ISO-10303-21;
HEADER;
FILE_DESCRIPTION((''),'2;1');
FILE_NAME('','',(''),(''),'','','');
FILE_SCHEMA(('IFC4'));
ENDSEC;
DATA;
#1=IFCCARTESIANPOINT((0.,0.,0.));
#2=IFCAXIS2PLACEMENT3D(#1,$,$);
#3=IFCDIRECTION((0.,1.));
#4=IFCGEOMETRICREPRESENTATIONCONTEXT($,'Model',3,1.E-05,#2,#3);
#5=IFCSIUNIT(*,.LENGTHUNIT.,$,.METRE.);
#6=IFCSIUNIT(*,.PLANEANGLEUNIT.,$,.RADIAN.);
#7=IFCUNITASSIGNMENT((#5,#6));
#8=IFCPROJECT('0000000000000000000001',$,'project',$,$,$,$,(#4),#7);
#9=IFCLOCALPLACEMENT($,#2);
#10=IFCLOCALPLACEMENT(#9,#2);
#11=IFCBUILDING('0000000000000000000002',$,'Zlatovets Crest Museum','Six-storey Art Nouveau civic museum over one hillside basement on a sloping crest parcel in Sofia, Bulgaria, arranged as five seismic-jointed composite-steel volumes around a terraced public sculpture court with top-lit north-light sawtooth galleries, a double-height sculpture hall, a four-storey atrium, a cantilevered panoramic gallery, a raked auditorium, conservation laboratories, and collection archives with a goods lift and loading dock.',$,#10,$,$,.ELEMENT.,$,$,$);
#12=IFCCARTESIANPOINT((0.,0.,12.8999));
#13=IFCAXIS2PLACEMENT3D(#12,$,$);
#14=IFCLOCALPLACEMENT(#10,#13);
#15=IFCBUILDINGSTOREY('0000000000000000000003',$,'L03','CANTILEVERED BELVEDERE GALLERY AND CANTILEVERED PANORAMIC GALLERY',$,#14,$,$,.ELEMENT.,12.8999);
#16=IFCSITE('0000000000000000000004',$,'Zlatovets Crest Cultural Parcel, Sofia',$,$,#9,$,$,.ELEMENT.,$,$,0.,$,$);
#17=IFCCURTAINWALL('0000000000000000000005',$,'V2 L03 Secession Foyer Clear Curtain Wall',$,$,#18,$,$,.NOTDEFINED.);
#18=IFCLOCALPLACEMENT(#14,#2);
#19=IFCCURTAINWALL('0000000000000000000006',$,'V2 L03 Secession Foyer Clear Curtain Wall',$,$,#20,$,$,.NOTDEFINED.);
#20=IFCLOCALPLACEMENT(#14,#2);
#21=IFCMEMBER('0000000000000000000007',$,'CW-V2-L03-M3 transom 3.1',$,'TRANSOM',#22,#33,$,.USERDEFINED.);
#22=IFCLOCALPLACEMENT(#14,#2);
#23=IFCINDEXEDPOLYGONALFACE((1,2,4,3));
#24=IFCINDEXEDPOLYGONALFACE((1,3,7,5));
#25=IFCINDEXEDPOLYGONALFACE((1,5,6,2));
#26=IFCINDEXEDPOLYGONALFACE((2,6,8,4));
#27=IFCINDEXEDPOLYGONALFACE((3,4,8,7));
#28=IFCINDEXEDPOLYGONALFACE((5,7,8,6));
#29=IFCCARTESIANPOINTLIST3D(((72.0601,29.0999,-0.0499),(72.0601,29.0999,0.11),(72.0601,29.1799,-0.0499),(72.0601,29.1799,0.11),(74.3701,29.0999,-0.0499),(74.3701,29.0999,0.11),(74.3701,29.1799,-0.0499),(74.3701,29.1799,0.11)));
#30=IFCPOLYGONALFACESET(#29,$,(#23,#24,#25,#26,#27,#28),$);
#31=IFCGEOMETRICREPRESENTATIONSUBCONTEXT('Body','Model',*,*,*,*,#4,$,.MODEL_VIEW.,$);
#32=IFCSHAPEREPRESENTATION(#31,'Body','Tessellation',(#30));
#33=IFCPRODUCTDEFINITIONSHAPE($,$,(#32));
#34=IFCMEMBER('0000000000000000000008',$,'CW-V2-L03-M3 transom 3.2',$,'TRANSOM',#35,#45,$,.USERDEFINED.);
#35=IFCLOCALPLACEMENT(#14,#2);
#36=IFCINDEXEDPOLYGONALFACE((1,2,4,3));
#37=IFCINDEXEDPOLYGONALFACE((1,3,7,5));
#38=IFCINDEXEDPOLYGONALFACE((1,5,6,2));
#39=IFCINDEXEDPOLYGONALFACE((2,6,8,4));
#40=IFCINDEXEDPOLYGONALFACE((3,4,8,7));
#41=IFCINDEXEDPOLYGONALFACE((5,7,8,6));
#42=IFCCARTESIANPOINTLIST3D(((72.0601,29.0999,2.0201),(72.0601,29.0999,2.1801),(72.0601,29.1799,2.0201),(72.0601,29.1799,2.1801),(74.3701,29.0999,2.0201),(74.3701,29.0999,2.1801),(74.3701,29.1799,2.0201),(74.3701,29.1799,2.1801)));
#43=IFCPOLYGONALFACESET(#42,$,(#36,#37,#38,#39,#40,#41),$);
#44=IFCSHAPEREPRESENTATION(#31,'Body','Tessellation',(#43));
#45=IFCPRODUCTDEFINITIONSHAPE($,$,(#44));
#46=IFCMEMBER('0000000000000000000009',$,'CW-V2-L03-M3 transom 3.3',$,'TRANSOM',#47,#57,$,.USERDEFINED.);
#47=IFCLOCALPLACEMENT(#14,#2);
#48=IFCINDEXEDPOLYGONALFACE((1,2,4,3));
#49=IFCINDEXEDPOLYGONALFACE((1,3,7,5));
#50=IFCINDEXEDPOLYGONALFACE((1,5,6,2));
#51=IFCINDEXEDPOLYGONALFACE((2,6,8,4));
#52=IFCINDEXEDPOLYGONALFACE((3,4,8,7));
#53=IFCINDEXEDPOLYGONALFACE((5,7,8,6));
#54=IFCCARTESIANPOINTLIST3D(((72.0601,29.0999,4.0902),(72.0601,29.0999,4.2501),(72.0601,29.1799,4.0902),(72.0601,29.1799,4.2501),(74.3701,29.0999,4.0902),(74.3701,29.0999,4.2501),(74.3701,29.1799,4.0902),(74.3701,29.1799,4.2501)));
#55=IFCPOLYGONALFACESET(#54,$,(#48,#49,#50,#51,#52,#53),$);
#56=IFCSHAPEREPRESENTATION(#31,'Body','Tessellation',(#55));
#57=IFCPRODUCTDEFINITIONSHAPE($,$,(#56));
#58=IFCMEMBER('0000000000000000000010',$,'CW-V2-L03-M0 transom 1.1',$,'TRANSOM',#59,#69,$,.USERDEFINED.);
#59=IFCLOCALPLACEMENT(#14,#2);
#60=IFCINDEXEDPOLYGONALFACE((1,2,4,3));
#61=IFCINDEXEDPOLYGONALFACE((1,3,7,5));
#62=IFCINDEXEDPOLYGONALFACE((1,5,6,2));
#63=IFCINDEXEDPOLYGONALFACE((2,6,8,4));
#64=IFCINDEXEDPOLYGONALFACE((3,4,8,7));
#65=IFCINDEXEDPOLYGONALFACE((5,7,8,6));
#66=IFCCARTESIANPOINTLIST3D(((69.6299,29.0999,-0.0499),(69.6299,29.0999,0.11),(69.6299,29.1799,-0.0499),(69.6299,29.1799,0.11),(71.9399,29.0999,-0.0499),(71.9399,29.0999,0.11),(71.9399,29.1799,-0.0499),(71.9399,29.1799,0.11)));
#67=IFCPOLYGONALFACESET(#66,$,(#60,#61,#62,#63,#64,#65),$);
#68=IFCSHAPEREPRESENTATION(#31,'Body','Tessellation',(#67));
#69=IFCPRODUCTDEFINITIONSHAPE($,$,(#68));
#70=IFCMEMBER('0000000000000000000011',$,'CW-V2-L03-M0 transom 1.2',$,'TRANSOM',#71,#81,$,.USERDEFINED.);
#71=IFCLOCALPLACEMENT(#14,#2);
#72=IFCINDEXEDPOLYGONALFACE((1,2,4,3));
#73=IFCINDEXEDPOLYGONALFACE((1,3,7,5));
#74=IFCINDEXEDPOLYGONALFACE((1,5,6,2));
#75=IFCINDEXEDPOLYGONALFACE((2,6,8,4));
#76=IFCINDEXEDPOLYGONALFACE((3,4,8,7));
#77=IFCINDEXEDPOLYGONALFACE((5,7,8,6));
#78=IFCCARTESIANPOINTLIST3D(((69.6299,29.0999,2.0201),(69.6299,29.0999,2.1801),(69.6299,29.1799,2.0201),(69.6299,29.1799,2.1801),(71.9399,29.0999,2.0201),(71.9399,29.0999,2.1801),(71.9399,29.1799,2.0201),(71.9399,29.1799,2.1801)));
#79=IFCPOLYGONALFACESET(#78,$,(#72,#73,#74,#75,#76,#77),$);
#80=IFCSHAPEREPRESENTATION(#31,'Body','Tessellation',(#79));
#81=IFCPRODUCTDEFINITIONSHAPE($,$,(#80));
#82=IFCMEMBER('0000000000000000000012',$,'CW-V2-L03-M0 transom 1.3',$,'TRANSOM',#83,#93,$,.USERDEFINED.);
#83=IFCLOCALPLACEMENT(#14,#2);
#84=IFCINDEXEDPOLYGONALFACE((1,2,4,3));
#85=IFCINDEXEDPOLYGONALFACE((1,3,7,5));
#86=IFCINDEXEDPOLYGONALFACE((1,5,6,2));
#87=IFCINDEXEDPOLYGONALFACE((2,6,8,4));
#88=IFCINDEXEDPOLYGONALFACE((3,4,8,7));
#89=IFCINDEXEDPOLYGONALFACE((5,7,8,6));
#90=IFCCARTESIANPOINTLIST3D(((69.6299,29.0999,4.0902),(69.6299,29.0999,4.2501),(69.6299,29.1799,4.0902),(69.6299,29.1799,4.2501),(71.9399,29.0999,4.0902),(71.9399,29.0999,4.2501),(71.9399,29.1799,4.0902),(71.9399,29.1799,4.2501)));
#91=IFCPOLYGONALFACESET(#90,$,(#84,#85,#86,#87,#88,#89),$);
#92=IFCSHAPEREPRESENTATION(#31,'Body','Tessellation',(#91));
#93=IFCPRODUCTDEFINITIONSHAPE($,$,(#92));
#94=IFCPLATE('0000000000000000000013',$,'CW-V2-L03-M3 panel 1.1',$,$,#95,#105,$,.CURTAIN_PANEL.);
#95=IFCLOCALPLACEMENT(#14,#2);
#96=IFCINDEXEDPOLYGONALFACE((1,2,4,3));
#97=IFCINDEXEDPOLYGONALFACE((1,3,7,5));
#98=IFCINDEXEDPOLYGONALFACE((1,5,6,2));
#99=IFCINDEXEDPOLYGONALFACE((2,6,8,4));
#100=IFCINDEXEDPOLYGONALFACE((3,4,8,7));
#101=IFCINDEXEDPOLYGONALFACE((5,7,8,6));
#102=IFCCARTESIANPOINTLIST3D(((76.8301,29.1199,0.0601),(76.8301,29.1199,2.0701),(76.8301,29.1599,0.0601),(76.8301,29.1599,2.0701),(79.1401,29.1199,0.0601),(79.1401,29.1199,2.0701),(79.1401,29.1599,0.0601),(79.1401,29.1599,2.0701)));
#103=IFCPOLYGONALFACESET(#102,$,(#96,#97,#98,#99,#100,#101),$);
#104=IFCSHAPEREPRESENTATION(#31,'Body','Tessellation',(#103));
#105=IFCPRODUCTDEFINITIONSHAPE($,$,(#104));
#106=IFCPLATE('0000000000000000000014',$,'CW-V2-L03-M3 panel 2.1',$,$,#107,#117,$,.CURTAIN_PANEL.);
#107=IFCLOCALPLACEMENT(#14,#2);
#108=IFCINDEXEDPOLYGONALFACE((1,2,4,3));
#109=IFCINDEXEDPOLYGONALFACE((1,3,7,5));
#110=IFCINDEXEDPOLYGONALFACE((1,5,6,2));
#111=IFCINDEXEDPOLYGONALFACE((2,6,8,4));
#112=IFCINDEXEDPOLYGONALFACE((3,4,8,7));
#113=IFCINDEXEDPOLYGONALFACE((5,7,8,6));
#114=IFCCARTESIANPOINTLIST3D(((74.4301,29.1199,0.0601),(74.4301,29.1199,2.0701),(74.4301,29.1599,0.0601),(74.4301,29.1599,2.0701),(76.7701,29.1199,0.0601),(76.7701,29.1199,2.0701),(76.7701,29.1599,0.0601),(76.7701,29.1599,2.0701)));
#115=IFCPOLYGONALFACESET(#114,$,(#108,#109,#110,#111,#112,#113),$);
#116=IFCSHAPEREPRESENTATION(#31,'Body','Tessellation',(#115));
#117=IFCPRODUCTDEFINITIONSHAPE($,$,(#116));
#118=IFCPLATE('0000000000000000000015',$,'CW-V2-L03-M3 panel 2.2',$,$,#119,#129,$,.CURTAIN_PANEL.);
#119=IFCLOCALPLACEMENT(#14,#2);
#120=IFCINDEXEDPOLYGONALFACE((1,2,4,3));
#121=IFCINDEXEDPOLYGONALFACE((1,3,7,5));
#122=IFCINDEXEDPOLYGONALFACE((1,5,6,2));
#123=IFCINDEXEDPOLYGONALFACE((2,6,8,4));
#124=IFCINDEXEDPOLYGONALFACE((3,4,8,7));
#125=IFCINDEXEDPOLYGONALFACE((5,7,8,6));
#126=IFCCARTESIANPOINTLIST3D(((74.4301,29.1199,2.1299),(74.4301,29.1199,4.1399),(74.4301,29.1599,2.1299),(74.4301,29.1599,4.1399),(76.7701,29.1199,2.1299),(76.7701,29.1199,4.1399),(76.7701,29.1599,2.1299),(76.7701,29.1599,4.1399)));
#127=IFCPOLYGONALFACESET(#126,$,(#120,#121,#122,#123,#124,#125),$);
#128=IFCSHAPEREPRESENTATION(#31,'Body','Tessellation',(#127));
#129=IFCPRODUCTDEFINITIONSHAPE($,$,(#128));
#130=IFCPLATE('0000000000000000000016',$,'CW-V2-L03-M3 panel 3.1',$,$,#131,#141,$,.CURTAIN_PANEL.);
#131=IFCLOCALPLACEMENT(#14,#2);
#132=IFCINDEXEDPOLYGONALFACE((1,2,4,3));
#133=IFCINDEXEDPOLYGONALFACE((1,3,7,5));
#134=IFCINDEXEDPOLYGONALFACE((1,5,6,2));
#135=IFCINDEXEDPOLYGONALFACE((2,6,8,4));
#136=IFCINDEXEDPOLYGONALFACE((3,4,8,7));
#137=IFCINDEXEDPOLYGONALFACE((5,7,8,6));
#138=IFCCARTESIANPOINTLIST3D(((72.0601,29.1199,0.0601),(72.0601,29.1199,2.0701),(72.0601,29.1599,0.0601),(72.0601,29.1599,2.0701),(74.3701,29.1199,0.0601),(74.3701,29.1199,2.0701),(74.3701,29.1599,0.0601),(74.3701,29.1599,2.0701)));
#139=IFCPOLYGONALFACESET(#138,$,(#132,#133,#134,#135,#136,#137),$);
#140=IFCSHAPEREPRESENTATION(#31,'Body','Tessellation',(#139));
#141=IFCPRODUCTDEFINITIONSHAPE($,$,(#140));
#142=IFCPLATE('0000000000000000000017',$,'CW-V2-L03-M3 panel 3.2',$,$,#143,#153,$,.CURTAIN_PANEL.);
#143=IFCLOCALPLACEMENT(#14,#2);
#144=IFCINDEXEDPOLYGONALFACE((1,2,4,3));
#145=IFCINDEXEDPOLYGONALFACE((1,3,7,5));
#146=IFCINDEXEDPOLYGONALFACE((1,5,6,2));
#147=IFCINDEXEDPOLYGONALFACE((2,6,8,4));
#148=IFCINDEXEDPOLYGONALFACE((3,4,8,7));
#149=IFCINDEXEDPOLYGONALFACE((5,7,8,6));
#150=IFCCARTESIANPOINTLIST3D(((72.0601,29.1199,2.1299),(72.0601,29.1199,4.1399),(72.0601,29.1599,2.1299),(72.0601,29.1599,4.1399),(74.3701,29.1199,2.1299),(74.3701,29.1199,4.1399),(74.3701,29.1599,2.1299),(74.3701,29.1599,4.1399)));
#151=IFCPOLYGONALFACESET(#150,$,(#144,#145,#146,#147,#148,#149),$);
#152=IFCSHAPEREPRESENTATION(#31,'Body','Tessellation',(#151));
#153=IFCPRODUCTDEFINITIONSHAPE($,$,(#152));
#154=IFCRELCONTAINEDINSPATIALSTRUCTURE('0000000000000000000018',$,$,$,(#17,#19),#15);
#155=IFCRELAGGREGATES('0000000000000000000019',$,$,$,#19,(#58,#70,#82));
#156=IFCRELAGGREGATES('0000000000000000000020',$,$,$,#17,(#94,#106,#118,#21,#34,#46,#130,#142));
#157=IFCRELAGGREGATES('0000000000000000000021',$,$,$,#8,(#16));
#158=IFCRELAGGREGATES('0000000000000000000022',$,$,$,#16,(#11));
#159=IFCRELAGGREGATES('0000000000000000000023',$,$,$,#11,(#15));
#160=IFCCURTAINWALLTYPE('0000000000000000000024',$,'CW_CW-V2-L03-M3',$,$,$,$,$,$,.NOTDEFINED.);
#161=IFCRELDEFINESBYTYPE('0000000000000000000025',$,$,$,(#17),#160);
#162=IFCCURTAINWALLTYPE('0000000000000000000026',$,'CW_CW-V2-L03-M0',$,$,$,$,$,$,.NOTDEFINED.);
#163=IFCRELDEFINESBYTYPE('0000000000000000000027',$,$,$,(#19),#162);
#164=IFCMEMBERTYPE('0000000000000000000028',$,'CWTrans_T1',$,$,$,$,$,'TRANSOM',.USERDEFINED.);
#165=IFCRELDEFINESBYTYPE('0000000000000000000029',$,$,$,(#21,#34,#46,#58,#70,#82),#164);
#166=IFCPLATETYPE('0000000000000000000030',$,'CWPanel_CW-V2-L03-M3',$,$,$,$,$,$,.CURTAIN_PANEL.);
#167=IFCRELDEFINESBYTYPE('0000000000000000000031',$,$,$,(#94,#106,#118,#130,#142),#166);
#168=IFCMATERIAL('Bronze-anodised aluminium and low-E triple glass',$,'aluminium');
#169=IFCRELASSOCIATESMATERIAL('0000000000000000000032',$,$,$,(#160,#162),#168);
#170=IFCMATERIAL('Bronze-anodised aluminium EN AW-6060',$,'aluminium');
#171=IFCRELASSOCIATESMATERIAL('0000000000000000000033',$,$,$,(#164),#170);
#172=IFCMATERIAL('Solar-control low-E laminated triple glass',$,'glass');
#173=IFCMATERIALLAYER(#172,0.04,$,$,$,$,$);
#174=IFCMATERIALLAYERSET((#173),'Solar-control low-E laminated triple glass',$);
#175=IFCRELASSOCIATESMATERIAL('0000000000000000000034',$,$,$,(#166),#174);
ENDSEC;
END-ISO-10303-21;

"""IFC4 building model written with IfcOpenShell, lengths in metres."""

from ifc_helpers import new_model, si_unit, direction, frame, origin, origin_2d, place, context, subcontext, project, spatial, rectangle, extrude, material, layer, layer_set, material_profile, profile_set, type_object, element, aggregate, save


model = new_model("IFC4")

# Units and contexts
model_context = context("Model", 3, precision=1e-05, world=origin(), true_north=direction((0.0, 1.0)))
body_context = subcontext(model_context, "Body", "Model", "MODEL_VIEW")
ifc_project = project(units=[si_unit("LENGTHUNIT", "METRE"), si_unit("PLANEANGLEUNIT", "RADIAN")], contexts=[model_context])

# Site, building, storey
site_placement = place(None, origin())
site = spatial("IfcSite", under=ifc_project, at=site_placement, Name="Zlatovets Crest Cultural Parcel, Sofia", CompositionType="ELEMENT", RefElevation=0.0)
building_placement = place(site_placement, origin())
building = spatial("IfcBuilding", under=site, at=building_placement, Name="Zlatovets Crest Museum", Description="Six-storey Art Nouveau civic museum over one hillside basement on a sloping crest parcel in Sofia, Bulgaria, arranged as five seismic-jointed composite-steel volumes around a terraced public sculpture court with top-lit north-light sawtooth galleries, a double-height sculpture hall, a four-storey atrium, a cantilevered panoramic gallery, a raked auditorium, conservation laboratories, and collection archives with a goods lift and loading dock.", CompositionType="ELEMENT")
storey_placement = place(building_placement, frame((0.0, 0.0, 12.8999)))
storey = spatial("IfcBuildingStorey", under=building, at=storey_placement, Name="L03", Description="CANTILEVERED BELVEDERE GALLERY AND CANTILEVERED PANORAMIC GALLERY", CompositionType="ELEMENT", Elevation=12.8999)

# Curtain wall
ifc_material_1 = material(Name="Bronze-anodised aluminium and low-E triple glass", Category="aluminium")
curtain_wall_type_1 = type_object("IfcCurtainWallType", Name="CW_CW-V2-L03-M3", PredefinedType="NOTDEFINED", material=ifc_material_1)
curtain_wall_1_placement = place(storey_placement, origin())
curtain_wall_1 = element("IfcCurtainWall", 1, at=curtain_wall_1_placement, inside=storey, type_object=curtain_wall_type_1, Name="V2 L03 Secession Foyer Clear Curtain Wall", PredefinedType="NOTDEFINED")
ifc_material_2 = material(Name="Bronze-anodised aluminium EN AW-6060", Category="aluminium")

# Curtain wall
curtain_wall_type_2 = type_object("IfcCurtainWallType", Name="CW_CW-V2-L03-M0", PredefinedType="NOTDEFINED", material=ifc_material_1)
curtain_wall_2_placement = place(storey_placement, origin())
curtain_wall_2 = element("IfcCurtainWall", 2, at=curtain_wall_2_placement, inside=storey, type_object=curtain_wall_type_2, Name="V2 L03 Secession Foyer Clear Curtain Wall", PredefinedType="NOTDEFINED")

# Members
ifc_material_profile_1 = material_profile(ifc_material_2, rectangle(XDim=0.0801, YDim=0.1599, at=origin_2d()), Name="ALU 80x160")
ifc_profile_set_1 = profile_set([ifc_material_profile_1], Name="Bronze-anodised aluminium EN AW-6060")
member_type_1 = type_object("IfcMemberType", Name="CWTrans_T1", ElementType="TRANSOM", PredefinedType="USERDEFINED", material=ifc_profile_set_1)
member_1_placement = place(storey_placement, frame((74.3701, 29.1399, 0.03), z_axis=(-1.0, 0.0, 0.0), x_axis=(0.0, -1.0, 0.0)))
member_1 = element("IfcMember", 3, at=member_1_placement, type_object=member_type_1, Name="CW-V2-L03-M3 transom 3.1", ObjectType="TRANSOM", PredefinedType="USERDEFINED", context=body_context, shape_type="SweptSolid", body=[
    extrude(rectangle(XDim=0.0801, YDim=0.1599, at=origin_2d()), origin(), (0.0, 0.0, 1.0), 2.3101),
])
member_2_placement = place(storey_placement, frame((74.3701, 29.1399, 2.1001), z_axis=(-1.0, 0.0, 0.0), x_axis=(0.0, -1.0, 0.0)))
member_2 = element("IfcMember", 4, at=member_2_placement, type_object=member_type_1, Name="CW-V2-L03-M3 transom 3.2", ObjectType="TRANSOM", PredefinedType="USERDEFINED", context=body_context, shape_type="SweptSolid", body=[
    extrude(rectangle(XDim=0.0801, YDim=0.1599, at=origin_2d()), origin(), (0.0, 0.0, 1.0), 2.3101),
])
member_3_placement = place(storey_placement, frame((74.3701, 29.1399, 4.1702), z_axis=(-1.0, 0.0, 0.0), x_axis=(0.0, -1.0, 0.0)))
member_3 = element("IfcMember", 5, at=member_3_placement, type_object=member_type_1, Name="CW-V2-L03-M3 transom 3.3", ObjectType="TRANSOM", PredefinedType="USERDEFINED", context=body_context, shape_type="SweptSolid", body=[
    extrude(rectangle(XDim=0.0801, YDim=0.1599, at=origin_2d()), origin(), (0.0, 0.0, 1.0), 2.3101),
])
member_4_placement = place(storey_placement, frame((71.9399, 29.1399, 0.03), z_axis=(-1.0, 0.0, 0.0), x_axis=(0.0, -1.0, 0.0)))
member_4 = element("IfcMember", 6, at=member_4_placement, type_object=member_type_1, Name="CW-V2-L03-M0 transom 1.1", ObjectType="TRANSOM", PredefinedType="USERDEFINED", context=body_context, shape_type="SweptSolid", body=[
    extrude(rectangle(XDim=0.0801, YDim=0.1599, at=origin_2d()), origin(), (0.0, 0.0, 1.0), 2.3101),
])
member_5_placement = place(storey_placement, frame((71.9399, 29.1399, 2.1001), z_axis=(-1.0, 0.0, 0.0), x_axis=(0.0, -1.0, 0.0)))
member_5 = element("IfcMember", 7, at=member_5_placement, type_object=member_type_1, Name="CW-V2-L03-M0 transom 1.2", ObjectType="TRANSOM", PredefinedType="USERDEFINED", context=body_context, shape_type="SweptSolid", body=[
    extrude(rectangle(XDim=0.0801, YDim=0.1599, at=origin_2d()), origin(), (0.0, 0.0, 1.0), 2.3101),
])
member_6_placement = place(storey_placement, frame((71.9399, 29.1399, 4.1702), z_axis=(-1.0, 0.0, 0.0), x_axis=(0.0, -1.0, 0.0)))
member_6 = element("IfcMember", 8, at=member_6_placement, type_object=member_type_1, Name="CW-V2-L03-M0 transom 1.3", ObjectType="TRANSOM", PredefinedType="USERDEFINED", context=body_context, shape_type="SweptSolid", body=[
    extrude(rectangle(XDim=0.0801, YDim=0.1599, at=origin_2d()), origin(), (0.0, 0.0, 1.0), 2.3101),
])
aggregate(curtain_wall_2, [member_4, member_5, member_6])

# Plates
ifc_material_3 = material(Name="Solar-control low-E laminated triple glass", Category="glass")
ifc_layer = layer(ifc_material_3, 0.04)
ifc_layer_set = layer_set([ifc_layer], Name="Solar-control low-E laminated triple glass")
plate_type = type_object("IfcPlateType", Name="CWPanel_CW-V2-L03-M3", PredefinedType="CURTAIN_PANEL", material=ifc_layer_set)
plate_1_placement = place(storey_placement, frame((77.9851, 29.1399, 0.0601), z_axis=(0.0, 0.0, 1.0), x_axis=(-1.0, 0.0, 0.0)))
plate_1 = element("IfcPlate", 9, at=plate_1_placement, type_object=plate_type, Name="CW-V2-L03-M3 panel 1.1", PredefinedType="CURTAIN_PANEL", context=body_context, shape_type="SweptSolid", body=[
    extrude(rectangle(XDim=2.3101, YDim=0.04, at=origin_2d()), origin(), (0.0, 0.0, 1.0), 2.01),
])
plate_2_placement = place(storey_placement, frame((75.6001, 29.1399, 0.0601), z_axis=(0.0, 0.0, 1.0), x_axis=(-1.0, 0.0, 0.0)))
plate_2 = element("IfcPlate", 10, at=plate_2_placement, type_object=plate_type, Name="CW-V2-L03-M3 panel 2.1", PredefinedType="CURTAIN_PANEL", context=body_context, shape_type="SweptSolid", body=[
    extrude(rectangle(XDim=2.3401, YDim=0.04, at=origin_2d()), origin(), (0.0, 0.0, 1.0), 2.01),
])
plate_3_placement = place(storey_placement, frame((75.6001, 29.1399, 2.1299), z_axis=(0.0, 0.0, 1.0), x_axis=(-1.0, 0.0, 0.0)))
plate_3 = element("IfcPlate", 11, at=plate_3_placement, type_object=plate_type, Name="CW-V2-L03-M3 panel 2.2", PredefinedType="CURTAIN_PANEL", context=body_context, shape_type="SweptSolid", body=[
    extrude(rectangle(XDim=2.3401, YDim=0.04, at=origin_2d()), origin(), (0.0, 0.0, 1.0), 2.01),
])
plate_4_placement = place(storey_placement, frame((73.2151, 29.1399, 0.0601), z_axis=(0.0, 0.0, 1.0), x_axis=(-1.0, 0.0, 0.0)))
plate_4 = element("IfcPlate", 12, at=plate_4_placement, type_object=plate_type, Name="CW-V2-L03-M3 panel 3.1", PredefinedType="CURTAIN_PANEL", context=body_context, shape_type="SweptSolid", body=[
    extrude(rectangle(XDim=2.3101, YDim=0.04, at=origin_2d()), origin(), (0.0, 0.0, 1.0), 2.01),
])
plate_5_placement = place(storey_placement, frame((73.2151, 29.1399, 2.1299), z_axis=(0.0, 0.0, 1.0), x_axis=(-1.0, 0.0, 0.0)))
plate_5 = element("IfcPlate", 13, at=plate_5_placement, type_object=plate_type, Name="CW-V2-L03-M3 panel 3.2", PredefinedType="CURTAIN_PANEL", context=body_context, shape_type="SweptSolid", body=[
    extrude(rectangle(XDim=2.3101, YDim=0.04, at=origin_2d()), origin(), (0.0, 0.0, 1.0), 2.01),
])
aggregate(curtain_wall_1, [plate_1, plate_2, plate_3, member_1, member_2, member_3, plate_4, plate_5])

save(model, "model.ifc")
